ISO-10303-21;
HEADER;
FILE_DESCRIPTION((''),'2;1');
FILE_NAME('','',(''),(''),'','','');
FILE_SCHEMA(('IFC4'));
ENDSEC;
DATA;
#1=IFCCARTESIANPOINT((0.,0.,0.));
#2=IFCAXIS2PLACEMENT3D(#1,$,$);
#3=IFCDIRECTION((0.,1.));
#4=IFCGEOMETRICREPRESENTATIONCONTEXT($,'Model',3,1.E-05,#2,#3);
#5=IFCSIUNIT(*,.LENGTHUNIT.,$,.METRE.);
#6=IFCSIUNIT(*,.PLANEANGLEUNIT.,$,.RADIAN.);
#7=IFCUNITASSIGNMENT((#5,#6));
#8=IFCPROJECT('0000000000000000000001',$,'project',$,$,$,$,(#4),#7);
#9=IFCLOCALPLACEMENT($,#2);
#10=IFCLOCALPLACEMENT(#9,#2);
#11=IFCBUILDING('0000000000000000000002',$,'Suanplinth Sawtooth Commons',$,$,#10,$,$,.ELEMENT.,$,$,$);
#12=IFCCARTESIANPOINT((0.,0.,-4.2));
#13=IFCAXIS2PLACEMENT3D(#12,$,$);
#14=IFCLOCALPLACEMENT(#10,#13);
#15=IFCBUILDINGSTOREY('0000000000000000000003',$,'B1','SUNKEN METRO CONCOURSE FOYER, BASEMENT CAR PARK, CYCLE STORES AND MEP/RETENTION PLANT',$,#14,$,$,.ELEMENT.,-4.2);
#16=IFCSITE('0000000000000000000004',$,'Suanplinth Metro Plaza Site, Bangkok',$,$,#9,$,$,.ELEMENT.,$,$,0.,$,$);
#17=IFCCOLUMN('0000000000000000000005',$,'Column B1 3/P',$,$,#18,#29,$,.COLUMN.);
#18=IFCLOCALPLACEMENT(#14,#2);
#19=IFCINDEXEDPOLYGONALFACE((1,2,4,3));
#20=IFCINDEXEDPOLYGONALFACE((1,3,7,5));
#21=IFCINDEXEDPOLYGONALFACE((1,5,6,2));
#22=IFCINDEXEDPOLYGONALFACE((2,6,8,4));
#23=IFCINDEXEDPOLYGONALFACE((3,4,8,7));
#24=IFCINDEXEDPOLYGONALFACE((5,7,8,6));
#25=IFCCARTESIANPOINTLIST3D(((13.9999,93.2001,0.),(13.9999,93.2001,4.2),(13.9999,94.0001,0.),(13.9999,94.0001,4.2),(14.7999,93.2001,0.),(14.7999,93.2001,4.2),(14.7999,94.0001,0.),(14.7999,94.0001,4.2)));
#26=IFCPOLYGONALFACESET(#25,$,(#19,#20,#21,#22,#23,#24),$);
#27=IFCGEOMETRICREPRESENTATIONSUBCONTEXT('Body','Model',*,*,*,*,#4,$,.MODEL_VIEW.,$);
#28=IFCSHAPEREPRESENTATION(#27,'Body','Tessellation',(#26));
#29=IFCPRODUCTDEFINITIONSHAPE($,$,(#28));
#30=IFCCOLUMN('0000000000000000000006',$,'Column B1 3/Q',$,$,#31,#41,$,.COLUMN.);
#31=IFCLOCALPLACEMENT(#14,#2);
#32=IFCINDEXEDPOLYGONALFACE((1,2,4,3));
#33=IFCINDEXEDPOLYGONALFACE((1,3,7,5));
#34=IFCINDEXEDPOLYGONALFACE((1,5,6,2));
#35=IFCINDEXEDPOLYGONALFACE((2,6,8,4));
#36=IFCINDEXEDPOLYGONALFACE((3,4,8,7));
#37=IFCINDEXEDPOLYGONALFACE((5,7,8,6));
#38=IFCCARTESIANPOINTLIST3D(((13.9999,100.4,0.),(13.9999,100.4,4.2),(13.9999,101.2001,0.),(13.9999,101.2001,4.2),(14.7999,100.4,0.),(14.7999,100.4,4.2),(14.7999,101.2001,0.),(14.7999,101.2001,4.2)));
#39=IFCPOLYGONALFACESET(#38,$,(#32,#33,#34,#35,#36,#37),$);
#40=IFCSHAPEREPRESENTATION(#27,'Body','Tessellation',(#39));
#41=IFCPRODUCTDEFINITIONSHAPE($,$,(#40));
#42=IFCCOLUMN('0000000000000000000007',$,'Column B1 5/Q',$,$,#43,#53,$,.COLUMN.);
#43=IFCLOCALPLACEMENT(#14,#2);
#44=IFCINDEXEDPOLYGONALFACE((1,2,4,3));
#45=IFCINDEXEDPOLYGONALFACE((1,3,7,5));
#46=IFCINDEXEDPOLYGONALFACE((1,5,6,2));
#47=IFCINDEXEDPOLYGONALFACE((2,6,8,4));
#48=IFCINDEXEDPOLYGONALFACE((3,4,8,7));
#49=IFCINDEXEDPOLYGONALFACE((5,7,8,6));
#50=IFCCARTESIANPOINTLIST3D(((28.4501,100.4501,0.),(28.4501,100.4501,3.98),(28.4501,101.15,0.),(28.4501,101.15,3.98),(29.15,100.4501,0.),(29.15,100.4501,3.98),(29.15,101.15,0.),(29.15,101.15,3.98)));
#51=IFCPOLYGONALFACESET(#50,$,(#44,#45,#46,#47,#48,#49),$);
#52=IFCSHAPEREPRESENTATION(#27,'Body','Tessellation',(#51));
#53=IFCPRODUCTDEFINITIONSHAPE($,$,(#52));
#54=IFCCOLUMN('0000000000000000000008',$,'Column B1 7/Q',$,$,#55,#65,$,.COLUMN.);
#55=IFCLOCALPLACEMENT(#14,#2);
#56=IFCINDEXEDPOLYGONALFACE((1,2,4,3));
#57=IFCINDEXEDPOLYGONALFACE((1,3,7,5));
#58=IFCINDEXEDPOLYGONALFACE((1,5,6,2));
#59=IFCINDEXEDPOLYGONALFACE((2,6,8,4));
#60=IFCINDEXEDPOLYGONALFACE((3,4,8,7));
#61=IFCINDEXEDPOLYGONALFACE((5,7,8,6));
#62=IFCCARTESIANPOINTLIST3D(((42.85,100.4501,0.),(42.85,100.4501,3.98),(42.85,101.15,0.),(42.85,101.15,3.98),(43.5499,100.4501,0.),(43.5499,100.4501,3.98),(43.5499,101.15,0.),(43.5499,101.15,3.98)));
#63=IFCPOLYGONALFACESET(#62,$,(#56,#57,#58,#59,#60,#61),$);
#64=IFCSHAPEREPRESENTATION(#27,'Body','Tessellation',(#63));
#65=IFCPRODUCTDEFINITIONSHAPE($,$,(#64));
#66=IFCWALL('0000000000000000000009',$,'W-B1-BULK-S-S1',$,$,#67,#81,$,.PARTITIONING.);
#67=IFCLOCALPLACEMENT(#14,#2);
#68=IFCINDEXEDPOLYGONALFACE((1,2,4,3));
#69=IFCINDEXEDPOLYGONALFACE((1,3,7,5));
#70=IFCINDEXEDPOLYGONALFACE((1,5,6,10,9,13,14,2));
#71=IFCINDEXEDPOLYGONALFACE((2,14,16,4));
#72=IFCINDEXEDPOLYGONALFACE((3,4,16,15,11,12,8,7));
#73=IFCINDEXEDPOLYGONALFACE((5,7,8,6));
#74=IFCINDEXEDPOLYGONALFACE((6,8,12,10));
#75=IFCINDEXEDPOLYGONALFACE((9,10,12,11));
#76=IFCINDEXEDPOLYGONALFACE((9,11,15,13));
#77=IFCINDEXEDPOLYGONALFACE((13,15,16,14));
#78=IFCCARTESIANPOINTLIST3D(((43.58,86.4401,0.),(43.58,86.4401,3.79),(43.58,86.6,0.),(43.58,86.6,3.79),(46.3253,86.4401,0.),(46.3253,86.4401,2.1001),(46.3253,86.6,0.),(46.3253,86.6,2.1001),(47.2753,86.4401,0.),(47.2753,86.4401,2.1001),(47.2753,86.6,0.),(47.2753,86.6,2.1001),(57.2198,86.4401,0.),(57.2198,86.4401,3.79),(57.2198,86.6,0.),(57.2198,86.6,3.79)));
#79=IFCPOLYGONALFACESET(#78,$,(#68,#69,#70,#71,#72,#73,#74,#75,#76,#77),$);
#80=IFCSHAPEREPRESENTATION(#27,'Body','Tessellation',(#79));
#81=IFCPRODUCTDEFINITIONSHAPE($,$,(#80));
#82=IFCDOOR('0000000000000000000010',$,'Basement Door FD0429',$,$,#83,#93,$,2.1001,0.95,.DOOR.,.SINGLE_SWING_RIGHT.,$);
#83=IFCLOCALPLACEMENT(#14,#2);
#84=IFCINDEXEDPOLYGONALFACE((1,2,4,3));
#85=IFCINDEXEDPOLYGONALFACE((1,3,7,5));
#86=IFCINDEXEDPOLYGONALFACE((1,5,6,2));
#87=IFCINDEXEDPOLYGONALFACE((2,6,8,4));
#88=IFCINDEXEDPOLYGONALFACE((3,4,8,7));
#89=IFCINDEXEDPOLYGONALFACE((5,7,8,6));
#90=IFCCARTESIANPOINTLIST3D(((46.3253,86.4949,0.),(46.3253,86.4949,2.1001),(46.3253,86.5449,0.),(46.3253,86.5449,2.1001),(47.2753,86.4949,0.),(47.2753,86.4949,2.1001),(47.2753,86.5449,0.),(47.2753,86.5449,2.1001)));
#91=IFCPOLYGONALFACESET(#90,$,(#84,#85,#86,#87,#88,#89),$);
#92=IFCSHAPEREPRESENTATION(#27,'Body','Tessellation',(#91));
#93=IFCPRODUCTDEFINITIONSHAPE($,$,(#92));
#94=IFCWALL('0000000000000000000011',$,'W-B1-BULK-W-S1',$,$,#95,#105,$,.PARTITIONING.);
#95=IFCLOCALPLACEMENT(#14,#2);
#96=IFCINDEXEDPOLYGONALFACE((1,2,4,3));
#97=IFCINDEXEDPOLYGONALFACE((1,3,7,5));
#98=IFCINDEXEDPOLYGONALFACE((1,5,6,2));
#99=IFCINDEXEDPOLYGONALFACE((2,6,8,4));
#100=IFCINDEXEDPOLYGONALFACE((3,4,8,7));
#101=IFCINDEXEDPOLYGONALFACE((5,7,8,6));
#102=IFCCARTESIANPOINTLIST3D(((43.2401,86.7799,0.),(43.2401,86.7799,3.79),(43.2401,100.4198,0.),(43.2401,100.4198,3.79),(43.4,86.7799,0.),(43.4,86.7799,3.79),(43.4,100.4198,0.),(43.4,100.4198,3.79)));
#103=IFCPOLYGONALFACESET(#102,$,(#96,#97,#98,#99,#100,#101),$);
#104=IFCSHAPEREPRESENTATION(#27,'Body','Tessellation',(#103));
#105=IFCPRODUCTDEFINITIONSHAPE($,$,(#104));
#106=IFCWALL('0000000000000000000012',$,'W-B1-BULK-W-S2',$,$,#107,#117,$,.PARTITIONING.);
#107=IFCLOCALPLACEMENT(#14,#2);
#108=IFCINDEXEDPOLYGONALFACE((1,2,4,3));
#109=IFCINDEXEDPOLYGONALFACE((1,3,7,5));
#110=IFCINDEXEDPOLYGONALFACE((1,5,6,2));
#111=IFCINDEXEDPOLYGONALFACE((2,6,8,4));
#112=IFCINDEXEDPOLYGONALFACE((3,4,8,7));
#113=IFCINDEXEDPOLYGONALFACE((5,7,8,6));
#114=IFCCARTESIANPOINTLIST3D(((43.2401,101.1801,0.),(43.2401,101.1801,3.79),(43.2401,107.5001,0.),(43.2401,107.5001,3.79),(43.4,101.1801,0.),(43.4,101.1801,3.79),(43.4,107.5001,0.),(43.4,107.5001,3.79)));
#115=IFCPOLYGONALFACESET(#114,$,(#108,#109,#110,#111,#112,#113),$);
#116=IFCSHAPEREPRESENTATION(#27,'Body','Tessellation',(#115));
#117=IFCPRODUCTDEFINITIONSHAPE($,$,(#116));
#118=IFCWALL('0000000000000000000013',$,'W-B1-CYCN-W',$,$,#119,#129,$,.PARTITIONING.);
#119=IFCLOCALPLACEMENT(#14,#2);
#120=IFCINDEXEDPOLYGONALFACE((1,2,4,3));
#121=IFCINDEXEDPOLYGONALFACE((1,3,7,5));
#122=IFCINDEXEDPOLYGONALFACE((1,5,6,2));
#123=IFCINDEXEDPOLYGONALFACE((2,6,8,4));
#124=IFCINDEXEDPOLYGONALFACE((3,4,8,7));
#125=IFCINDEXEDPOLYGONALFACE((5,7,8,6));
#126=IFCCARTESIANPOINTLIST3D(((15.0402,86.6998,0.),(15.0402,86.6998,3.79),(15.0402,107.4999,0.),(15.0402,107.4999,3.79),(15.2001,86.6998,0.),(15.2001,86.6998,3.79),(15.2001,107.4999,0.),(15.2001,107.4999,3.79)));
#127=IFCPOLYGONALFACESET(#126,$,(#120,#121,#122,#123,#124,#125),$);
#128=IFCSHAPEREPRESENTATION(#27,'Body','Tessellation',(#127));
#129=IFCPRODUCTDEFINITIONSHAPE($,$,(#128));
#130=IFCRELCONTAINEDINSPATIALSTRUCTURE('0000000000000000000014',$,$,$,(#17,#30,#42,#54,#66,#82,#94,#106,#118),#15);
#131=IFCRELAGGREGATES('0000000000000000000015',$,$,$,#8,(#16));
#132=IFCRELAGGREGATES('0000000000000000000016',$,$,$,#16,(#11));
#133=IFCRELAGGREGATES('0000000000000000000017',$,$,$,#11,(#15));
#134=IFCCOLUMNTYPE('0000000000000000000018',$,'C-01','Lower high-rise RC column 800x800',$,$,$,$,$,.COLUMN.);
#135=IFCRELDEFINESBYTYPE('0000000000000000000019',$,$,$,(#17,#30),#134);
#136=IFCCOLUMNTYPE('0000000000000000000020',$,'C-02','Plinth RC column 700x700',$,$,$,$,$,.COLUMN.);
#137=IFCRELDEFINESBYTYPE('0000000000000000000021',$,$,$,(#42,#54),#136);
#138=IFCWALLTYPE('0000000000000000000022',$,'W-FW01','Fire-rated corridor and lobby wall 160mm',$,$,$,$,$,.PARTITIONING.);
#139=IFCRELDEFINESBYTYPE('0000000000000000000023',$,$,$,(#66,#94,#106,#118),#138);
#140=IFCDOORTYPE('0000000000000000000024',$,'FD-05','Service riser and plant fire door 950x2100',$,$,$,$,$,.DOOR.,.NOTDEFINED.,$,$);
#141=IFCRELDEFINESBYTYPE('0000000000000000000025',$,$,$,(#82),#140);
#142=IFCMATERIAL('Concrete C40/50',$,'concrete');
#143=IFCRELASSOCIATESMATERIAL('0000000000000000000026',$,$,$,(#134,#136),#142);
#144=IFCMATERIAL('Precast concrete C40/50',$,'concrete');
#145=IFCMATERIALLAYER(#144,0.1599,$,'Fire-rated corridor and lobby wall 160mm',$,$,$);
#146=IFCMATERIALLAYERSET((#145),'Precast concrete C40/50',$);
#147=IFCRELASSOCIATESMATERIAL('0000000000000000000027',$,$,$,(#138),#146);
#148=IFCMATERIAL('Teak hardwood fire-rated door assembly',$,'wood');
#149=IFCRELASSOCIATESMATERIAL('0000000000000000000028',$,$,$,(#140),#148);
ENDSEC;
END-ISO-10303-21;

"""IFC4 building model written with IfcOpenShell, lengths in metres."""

from ifc_helpers import new_model, si_unit, direction, frame, frame_2d, origin, origin_2d, place, context, subcontext, project, spatial, rectangle, extrude, material, layer, layer_set, material_profile, profile_set, type_object, element, fill, save


model = new_model("IFC4")

# Units and contexts
model_context = context("Model", 3, precision=1e-05, world=origin(), true_north=direction((0.0, 1.0)))
body_context = subcontext(model_context, "Body", "Model", "MODEL_VIEW")
ifc_project = project(units=[si_unit("LENGTHUNIT", "METRE"), si_unit("PLANEANGLEUNIT", "RADIAN")], contexts=[model_context])

# Site, building, storey
site_placement = place(None, origin())
site = spatial("IfcSite", under=ifc_project, at=site_placement, Name="Suanplinth Metro Plaza Site, Bangkok", CompositionType="ELEMENT", RefElevation=0.0)
building_placement = place(site_placement, origin())
building = spatial("IfcBuilding", under=site, at=building_placement, Name="Suanplinth Sawtooth Commons", CompositionType="ELEMENT")
storey_placement = place(building_placement, frame((0.0, 0.0, -4.2)))
storey = spatial("IfcBuildingStorey", under=building, at=storey_placement, Name="B1", Description="SUNKEN METRO CONCOURSE FOYER, BASEMENT CAR PARK, CYCLE STORES AND MEP/RETENTION PLANT", CompositionType="ELEMENT", Elevation=-4.2)

# Columns
ifc_material_1 = material(Name="Concrete C40/50", Category="concrete")
ifc_material_profile_1 = material_profile(ifc_material_1, rectangle(XDim=0.8, YDim=0.8, at=origin_2d()), Name="RC-COL 800x800")
ifc_profile_set_1 = profile_set([ifc_material_profile_1], Name="Concrete C40/50")
column_type_1 = type_object("IfcColumnType", Name="C-01", Description="Lower high-rise RC column 800x800", PredefinedType="COLUMN", material=ifc_profile_set_1)
for number, where, z_axis, x_axis, name in (
    (1, (14.3999, 93.6001, 0.0), (0.0, 0.0, 1.0), (1.0, 0.0, 0.0), "Column B1 3/P"),
    (2, (14.3999, 100.8, 0.0), (0.0, 0.0, 1.0), (1.0, 0.0, 0.0), "Column B1 3/Q"),
):
    element("IfcColumn", number, at=place(storey_placement, frame(where, z_axis=z_axis, x_axis=x_axis)), inside=storey, type_object=column_type_1, Name=name, PredefinedType="COLUMN", context=body_context, shape_type="SweptSolid", body=[
        extrude(rectangle(XDim=0.8, YDim=0.8, at=origin_2d()), origin(), (0.0, 0.0, 1.0), 4.2),
    ])
ifc_material_profile_2 = material_profile(ifc_material_1, rectangle(XDim=0.7, YDim=0.7, at=origin_2d()), Name="RC-COL 700x700")
ifc_profile_set_2 = profile_set([ifc_material_profile_2], Name="Concrete C40/50")
column_type_2 = type_object("IfcColumnType", Name="C-02", Description="Plinth RC column 700x700", PredefinedType="COLUMN", material=ifc_profile_set_2)
for number, where, z_axis, x_axis, name in (
    (3, (28.8, 100.8, 0.0), (0.0, 0.0, 1.0), (1.0, 0.0, 0.0), "Column B1 5/Q"),
    (4, (43.2, 100.8, 0.0), (0.0, 0.0, 1.0), (1.0, 0.0, 0.0), "Column B1 7/Q"),
):
    element("IfcColumn", number, at=place(storey_placement, frame(where, z_axis=z_axis, x_axis=x_axis)), inside=storey, type_object=column_type_2, Name=name, PredefinedType="COLUMN", context=body_context, shape_type="SweptSolid", body=[
        extrude(rectangle(XDim=0.7, YDim=0.7, at=origin_2d()), origin(), (0.0, 0.0, 1.0), 3.98),
    ])

# Wall, opening, door
ifc_material_2 = material(Name="Precast concrete C40/50", Category="concrete")
ifc_layer = layer(ifc_material_2, 0.1599, Name="Fire-rated corridor and lobby wall 160mm")
ifc_layer_set = layer_set([ifc_layer], Name="Precast concrete C40/50")
wall_type = type_object("IfcWallType", Name="W-FW01", Description="Fire-rated corridor and lobby wall 160mm", PredefinedType="PARTITIONING", material=ifc_layer_set)
wall_1_placement = place(storey_placement, frame((43.5801, 86.52, 0.0), z_axis=(0.0, 0.0, 1.0), x_axis=(1.0, 0.0, 0.0)))
wall_1 = element("IfcWall", 5, at=wall_1_placement, inside=storey, type_object=wall_type, Name="W-B1-BULK-S-S1", PredefinedType="PARTITIONING", context=body_context, shape_type="SweptSolid", body=[
    extrude(rectangle(XDim=13.6399, YDim=0.1599, at=frame_2d((6.8198, 0.0))), origin(), (0.0, 0.0, 1.0), 3.79),
])
opening_placement = place(wall_1_placement, frame((2.7451, 0.0, 0.0)))
opening = element("IfcOpeningElement", 6, at=opening_placement, cuts=wall_1, PredefinedType="OPENING", context=body_context, shape_type="SweptSolid", body=[
    extrude(rectangle(XDim=0.95, YDim=2.1001, at=frame_2d((0.4751, 1.05))), frame((0.0, 0.0947, 0.0), z_axis=(0.0, -1.0, 0.0), x_axis=(1.0, 0.0, 0.0)), (0.0, 0.0, 1.0), 0.1897),
])
ifc_material_3 = material(Name="Teak hardwood fire-rated door assembly", Category="wood")
door_type = type_object("IfcDoorType", Name="FD-05", Description="Service riser and plant fire door 950x2100", OperationType="NOTDEFINED", PredefinedType="DOOR", material=ifc_material_3)
door_placement = place(opening_placement, origin())
door = element("IfcDoor", 7, at=door_placement, inside=storey, type_object=door_type, Name="Basement Door FD0429", OperationType="SINGLE_SWING_RIGHT", OverallHeight=2.1001, OverallWidth=0.95, PredefinedType="DOOR", context=body_context, shape_type="SweptSolid", body=[
    extrude(rectangle(XDim=0.95, YDim=2.1001, at=frame_2d((0.4751, 1.05))), frame((0.0, 0.0249, 0.0), z_axis=(0.0, -1.0, 0.0), x_axis=(1.0, 0.0, 0.0)), (0.0, 0.0, 1.0), 0.05),
])
fill(opening, door)

# Walls
wall_2_placement = place(storey_placement, frame((43.3201, 86.78, 0.0), z_axis=(0.0, 0.0, 1.0), x_axis=(0.0, 1.0, 0.0)))
element("IfcWall", 8, at=wall_2_placement, inside=storey, type_object=wall_type, Name="W-B1-BULK-W-S1", PredefinedType="PARTITIONING", context=body_context, shape_type="SweptSolid", body=[
    extrude(rectangle(XDim=13.6399, YDim=0.1599, at=frame_2d((6.8198, 0.0))), origin(), (0.0, 0.0, 1.0), 3.79),
])
wall_3_placement = place(storey_placement, frame((43.3201, 101.1799, 0.0), z_axis=(0.0, 0.0, 1.0), x_axis=(0.0, 1.0, 0.0)))
element("IfcWall", 9, at=wall_3_placement, inside=storey, type_object=wall_type, Name="W-B1-BULK-W-S2", PredefinedType="PARTITIONING", context=body_context, shape_type="SweptSolid", body=[
    extrude(rectangle(XDim=6.3201, YDim=0.1599, at=frame_2d((3.1602, 0.0))), origin(), (0.0, 0.0, 1.0), 3.79),
])
wall_4_placement = place(storey_placement, frame((15.1201, 86.7, 0.0), z_axis=(0.0, 0.0, 1.0), x_axis=(0.0, 1.0, 0.0)))
element("IfcWall", 10, at=wall_4_placement, inside=storey, type_object=wall_type, Name="W-B1-CYCN-W", PredefinedType="PARTITIONING", context=body_context, shape_type="SweptSolid", body=[
    extrude(rectangle(XDim=20.8, YDim=0.1599, at=frame_2d((10.3999, 0.0))), origin(), (0.0, 0.0, 1.0), 3.79),
])

save(model, "model.ifc")
